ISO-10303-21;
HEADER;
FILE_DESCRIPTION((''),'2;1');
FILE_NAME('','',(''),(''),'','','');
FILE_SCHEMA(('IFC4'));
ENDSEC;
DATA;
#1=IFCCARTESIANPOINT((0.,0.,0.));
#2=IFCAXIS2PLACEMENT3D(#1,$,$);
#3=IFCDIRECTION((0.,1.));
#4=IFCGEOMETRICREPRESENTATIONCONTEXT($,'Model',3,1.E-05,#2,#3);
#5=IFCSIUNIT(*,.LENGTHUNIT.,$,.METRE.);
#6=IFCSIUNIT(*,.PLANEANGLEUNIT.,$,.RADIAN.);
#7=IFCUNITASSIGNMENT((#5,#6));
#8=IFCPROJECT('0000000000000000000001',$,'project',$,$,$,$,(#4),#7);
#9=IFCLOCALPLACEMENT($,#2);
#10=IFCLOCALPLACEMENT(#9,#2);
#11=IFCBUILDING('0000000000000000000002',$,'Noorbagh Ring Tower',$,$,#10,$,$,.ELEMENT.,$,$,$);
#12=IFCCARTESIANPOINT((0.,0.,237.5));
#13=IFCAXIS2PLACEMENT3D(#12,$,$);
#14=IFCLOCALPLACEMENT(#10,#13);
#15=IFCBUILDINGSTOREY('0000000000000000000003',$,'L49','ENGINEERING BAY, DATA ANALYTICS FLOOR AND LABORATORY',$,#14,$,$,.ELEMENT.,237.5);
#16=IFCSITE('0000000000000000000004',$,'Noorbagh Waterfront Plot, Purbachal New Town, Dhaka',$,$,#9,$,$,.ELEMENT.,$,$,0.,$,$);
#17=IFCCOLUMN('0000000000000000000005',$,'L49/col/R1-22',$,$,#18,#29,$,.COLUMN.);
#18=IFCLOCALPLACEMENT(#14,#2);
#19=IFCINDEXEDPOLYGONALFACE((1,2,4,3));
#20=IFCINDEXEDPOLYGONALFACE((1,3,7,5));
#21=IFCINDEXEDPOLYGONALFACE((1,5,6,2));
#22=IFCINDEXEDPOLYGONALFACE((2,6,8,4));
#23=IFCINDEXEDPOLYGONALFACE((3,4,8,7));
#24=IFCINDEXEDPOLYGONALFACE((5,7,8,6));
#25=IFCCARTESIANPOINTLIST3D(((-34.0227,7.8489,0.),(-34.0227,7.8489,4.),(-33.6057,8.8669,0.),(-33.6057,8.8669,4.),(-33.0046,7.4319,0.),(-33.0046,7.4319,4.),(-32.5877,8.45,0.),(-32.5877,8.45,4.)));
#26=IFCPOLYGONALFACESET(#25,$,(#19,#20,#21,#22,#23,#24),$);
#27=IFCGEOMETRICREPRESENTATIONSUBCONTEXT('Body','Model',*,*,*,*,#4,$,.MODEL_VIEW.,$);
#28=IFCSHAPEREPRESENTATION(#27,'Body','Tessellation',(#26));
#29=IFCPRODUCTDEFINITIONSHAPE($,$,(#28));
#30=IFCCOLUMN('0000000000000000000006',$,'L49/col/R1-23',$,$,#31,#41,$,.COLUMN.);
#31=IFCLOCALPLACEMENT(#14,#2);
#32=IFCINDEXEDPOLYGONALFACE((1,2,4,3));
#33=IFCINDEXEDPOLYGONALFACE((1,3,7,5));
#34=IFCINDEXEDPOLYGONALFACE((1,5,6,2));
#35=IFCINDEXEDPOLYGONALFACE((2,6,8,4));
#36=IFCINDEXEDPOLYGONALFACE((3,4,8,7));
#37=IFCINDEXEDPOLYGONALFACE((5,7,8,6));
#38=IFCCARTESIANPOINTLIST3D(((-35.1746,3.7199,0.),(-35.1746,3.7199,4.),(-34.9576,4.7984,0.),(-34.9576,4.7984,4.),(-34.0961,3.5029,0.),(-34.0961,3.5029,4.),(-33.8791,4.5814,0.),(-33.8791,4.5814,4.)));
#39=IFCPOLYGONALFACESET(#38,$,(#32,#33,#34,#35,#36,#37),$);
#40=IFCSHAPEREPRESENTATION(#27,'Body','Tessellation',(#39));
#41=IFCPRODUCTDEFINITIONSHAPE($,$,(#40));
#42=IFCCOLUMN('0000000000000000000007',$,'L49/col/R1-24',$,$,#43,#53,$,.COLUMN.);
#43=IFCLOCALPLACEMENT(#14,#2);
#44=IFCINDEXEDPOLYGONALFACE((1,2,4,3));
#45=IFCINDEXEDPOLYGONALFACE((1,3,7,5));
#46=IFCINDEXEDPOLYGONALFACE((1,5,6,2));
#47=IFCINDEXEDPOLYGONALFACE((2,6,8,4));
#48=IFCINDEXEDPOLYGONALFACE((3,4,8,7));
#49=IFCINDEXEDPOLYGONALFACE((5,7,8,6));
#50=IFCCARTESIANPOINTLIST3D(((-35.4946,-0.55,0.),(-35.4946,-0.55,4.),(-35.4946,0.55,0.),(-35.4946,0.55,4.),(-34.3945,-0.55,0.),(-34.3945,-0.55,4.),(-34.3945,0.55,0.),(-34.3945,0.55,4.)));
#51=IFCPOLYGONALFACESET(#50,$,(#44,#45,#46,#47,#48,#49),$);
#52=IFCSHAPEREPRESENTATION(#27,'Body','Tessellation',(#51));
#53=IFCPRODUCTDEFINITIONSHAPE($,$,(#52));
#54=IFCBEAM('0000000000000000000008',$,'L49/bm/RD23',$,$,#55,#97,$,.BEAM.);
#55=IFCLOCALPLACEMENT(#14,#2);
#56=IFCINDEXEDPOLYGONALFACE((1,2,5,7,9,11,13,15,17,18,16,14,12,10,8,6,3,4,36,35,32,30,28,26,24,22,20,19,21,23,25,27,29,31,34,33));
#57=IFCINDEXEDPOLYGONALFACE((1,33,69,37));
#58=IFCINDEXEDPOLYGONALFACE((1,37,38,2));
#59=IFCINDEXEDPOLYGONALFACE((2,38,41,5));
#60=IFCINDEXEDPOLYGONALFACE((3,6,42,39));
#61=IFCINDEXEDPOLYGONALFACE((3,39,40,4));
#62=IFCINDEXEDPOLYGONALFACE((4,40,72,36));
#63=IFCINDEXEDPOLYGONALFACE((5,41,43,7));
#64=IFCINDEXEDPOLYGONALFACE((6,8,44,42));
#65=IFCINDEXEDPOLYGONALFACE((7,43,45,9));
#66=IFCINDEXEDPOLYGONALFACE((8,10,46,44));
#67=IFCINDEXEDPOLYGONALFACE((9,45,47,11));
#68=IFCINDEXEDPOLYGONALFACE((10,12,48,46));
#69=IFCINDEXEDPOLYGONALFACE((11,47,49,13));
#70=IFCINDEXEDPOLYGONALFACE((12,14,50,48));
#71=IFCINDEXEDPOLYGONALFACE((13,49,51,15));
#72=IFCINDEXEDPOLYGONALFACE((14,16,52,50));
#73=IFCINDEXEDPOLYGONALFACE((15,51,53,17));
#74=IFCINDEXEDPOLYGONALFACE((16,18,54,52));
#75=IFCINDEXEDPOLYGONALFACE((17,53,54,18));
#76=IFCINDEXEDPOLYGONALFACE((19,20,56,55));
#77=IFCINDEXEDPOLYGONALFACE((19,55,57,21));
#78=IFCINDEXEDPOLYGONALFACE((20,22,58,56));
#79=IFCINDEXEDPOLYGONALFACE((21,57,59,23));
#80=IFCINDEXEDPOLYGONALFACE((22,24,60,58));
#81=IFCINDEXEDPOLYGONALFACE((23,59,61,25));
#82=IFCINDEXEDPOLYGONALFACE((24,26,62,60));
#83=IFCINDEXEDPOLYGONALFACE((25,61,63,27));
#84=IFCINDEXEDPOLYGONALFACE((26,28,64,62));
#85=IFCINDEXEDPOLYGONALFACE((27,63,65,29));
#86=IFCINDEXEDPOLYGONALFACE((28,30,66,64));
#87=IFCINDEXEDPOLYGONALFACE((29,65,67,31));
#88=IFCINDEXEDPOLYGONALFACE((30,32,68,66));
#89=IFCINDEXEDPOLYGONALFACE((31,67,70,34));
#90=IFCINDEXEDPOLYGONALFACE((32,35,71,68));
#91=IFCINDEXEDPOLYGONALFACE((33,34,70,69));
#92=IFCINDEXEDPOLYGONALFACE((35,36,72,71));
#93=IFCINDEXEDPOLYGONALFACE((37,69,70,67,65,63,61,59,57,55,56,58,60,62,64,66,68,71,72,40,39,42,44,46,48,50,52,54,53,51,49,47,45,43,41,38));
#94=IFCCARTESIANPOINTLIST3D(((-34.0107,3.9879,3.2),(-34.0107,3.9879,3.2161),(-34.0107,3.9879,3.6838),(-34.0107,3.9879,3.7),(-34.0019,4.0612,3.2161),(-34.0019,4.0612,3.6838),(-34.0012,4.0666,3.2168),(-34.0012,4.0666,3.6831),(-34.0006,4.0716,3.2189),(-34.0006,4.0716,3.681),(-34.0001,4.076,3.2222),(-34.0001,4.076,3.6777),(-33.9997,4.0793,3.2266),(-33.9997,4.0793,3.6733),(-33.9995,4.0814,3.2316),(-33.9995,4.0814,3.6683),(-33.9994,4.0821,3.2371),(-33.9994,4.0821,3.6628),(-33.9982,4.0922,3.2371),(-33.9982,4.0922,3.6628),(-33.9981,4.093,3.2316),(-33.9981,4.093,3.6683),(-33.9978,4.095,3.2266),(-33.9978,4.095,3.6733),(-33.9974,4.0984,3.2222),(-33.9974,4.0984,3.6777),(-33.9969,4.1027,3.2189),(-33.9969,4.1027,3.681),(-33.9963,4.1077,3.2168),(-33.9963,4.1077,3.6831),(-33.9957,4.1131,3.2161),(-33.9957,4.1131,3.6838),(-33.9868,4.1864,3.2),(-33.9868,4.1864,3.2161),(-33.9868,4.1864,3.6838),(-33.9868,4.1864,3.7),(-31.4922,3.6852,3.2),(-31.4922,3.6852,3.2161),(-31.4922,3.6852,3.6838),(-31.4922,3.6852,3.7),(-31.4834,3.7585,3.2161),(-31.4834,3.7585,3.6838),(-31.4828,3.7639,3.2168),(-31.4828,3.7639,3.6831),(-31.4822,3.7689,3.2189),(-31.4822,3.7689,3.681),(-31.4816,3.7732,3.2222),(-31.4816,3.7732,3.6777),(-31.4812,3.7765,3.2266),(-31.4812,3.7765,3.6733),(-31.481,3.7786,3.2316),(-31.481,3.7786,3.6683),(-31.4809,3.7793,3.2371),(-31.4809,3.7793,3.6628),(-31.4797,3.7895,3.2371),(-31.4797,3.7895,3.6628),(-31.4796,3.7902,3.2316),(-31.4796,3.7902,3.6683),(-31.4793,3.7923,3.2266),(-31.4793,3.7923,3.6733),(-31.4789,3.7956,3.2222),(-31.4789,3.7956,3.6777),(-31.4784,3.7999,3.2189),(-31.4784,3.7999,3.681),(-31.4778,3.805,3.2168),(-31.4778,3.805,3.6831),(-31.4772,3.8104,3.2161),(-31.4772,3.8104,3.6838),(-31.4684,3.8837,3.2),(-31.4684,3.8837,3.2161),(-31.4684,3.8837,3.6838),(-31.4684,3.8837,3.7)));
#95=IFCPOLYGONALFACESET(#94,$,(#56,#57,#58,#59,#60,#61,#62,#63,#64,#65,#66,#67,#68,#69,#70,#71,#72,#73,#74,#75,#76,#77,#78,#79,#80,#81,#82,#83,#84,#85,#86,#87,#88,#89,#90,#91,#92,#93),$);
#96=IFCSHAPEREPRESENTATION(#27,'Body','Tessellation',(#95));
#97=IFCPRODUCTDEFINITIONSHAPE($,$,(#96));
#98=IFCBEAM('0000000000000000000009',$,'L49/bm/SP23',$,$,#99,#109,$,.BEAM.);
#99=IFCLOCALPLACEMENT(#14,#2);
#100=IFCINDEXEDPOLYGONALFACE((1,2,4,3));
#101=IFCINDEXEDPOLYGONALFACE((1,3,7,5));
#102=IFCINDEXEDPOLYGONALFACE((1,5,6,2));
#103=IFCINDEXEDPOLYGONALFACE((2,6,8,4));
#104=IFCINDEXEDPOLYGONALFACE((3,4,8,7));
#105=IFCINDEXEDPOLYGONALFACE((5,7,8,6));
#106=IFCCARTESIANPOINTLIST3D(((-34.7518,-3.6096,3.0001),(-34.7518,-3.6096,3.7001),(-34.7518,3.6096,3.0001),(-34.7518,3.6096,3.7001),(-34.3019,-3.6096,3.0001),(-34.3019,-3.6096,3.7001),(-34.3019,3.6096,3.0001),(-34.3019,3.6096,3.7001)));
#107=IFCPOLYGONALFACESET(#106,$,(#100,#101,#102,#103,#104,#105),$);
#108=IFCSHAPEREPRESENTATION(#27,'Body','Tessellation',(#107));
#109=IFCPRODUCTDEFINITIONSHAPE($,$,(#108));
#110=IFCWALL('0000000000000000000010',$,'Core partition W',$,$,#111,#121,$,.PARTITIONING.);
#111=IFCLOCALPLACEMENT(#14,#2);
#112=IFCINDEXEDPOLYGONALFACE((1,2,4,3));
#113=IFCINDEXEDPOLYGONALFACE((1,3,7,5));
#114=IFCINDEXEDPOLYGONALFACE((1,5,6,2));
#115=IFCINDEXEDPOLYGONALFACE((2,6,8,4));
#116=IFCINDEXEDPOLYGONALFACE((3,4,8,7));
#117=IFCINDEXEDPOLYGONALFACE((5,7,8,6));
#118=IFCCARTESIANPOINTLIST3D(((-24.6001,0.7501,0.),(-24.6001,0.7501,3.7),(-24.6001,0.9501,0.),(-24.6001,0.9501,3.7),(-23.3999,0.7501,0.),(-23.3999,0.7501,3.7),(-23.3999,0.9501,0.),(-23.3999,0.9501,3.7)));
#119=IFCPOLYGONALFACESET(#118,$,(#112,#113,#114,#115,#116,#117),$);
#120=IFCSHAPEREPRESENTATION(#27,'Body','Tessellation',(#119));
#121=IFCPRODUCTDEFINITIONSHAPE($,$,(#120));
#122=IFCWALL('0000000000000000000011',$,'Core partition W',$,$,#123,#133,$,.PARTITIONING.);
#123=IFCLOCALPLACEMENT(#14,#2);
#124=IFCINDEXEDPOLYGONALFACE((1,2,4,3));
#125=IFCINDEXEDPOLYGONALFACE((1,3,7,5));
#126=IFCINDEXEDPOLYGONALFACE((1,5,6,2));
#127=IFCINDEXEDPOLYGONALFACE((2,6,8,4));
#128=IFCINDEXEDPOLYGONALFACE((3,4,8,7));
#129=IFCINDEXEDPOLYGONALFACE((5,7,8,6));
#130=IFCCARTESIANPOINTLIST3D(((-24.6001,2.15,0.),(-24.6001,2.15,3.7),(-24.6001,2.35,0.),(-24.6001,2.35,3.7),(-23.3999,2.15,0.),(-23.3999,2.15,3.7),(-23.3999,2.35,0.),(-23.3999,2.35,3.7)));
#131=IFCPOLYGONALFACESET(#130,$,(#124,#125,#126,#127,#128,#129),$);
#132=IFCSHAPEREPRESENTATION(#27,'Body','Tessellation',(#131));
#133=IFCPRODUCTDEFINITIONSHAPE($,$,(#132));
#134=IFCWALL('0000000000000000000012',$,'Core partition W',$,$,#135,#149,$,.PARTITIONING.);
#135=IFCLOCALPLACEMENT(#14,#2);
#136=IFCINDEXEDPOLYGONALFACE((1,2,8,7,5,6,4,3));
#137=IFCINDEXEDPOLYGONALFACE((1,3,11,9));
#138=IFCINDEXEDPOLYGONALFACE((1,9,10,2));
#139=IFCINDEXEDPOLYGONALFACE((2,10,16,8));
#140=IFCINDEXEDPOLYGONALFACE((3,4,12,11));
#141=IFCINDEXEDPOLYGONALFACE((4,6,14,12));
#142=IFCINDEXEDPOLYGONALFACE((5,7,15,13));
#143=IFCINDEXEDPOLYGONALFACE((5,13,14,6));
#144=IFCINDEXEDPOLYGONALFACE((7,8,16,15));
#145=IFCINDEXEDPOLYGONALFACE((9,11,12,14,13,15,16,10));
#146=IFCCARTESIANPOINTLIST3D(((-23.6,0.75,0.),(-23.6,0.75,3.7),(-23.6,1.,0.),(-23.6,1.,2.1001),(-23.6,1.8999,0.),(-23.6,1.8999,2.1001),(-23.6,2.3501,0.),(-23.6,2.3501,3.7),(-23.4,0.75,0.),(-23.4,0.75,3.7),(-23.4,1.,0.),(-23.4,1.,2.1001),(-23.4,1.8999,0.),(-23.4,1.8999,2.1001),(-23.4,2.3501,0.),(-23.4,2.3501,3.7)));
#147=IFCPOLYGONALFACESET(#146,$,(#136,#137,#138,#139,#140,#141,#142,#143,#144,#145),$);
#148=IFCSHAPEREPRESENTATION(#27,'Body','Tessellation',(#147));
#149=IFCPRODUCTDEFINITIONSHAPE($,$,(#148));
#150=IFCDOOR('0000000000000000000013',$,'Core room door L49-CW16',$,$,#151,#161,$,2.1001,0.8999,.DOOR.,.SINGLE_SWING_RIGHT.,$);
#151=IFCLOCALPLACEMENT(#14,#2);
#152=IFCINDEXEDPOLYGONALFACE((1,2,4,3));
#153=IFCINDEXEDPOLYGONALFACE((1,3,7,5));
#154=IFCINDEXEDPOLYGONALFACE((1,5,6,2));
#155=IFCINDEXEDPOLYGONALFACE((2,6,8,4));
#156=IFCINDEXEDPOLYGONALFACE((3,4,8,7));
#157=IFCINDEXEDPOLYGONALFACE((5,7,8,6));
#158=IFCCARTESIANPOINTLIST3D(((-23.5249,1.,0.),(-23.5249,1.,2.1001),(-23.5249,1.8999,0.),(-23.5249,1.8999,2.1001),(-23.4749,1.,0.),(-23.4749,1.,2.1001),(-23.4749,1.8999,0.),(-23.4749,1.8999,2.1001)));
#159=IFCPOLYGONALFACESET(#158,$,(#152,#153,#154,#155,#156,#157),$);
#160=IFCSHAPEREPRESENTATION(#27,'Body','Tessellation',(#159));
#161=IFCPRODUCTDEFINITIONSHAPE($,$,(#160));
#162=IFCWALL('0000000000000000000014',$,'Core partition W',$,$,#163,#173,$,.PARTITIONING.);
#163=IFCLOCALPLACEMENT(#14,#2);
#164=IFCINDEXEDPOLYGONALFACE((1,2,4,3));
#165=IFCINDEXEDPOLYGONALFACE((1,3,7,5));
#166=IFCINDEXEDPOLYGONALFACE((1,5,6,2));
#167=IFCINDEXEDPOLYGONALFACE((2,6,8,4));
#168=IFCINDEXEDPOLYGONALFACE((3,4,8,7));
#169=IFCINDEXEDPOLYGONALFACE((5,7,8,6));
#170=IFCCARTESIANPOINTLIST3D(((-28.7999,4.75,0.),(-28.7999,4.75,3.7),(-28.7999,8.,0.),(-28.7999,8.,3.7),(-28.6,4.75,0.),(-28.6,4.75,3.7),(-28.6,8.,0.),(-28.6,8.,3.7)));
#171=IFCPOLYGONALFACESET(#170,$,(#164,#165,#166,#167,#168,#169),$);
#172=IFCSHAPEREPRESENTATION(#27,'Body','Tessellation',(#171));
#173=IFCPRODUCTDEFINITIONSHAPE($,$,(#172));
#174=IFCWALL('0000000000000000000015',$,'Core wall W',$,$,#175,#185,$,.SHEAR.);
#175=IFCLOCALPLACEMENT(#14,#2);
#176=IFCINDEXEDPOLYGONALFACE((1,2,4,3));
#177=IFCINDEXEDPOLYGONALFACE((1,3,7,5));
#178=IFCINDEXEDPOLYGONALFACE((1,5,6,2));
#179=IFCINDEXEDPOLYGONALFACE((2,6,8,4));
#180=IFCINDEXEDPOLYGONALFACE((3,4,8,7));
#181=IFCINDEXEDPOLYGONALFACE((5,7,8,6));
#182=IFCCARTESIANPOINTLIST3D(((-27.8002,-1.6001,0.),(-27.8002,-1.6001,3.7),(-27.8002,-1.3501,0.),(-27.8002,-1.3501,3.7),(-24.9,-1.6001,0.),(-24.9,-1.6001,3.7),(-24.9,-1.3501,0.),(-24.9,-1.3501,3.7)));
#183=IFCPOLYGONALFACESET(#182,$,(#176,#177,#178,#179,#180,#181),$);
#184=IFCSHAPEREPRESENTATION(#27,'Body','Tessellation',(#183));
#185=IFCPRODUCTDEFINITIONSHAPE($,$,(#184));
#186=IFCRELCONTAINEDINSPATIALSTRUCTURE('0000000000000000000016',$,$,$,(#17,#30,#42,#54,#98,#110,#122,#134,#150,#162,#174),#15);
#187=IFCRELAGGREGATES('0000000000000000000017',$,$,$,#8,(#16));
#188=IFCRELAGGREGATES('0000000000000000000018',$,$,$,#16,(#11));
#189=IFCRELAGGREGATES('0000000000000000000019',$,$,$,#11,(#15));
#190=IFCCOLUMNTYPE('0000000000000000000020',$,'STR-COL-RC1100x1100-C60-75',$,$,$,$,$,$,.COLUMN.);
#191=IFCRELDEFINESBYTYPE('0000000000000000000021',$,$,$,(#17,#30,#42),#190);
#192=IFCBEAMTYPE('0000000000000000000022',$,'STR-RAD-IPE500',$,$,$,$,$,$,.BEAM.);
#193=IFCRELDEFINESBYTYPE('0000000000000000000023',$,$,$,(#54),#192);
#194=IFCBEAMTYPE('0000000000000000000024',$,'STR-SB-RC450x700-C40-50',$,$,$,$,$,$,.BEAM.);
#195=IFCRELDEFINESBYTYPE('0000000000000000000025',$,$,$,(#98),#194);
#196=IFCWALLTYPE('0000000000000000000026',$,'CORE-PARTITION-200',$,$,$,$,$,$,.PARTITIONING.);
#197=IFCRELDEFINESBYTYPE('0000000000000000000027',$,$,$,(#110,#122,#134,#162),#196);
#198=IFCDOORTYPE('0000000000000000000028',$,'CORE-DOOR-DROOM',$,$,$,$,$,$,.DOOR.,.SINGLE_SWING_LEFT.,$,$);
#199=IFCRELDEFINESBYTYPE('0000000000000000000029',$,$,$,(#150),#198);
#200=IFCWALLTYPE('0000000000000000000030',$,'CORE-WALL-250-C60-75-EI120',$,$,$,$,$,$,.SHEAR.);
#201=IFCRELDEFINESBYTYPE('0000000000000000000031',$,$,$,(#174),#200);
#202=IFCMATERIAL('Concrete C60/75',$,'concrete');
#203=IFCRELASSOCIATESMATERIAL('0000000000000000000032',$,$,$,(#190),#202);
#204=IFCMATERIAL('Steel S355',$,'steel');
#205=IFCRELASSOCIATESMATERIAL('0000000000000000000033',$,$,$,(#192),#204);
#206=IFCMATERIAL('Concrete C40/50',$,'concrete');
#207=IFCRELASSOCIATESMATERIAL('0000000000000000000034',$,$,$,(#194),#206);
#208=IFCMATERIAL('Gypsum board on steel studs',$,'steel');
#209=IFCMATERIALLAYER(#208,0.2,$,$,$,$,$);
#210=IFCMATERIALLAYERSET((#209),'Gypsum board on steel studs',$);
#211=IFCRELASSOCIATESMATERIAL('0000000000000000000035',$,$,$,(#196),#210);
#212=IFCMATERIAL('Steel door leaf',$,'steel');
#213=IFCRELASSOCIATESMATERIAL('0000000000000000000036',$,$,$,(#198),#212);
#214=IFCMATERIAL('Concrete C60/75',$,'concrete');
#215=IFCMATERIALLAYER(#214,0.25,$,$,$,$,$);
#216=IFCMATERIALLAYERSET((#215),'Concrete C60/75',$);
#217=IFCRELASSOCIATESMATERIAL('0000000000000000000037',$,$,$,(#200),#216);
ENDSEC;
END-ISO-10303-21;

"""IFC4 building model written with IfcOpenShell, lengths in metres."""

from ifc_helpers import new_model, si_unit, direction, frame, frame_2d, origin, origin_2d, place, context, subcontext, project, spatial, rectangle, i_section, extrude, material, layer, layer_set, material_profile, profile_set, type_object, element, fill, save


model = new_model("IFC4")

# Units and contexts
model_context = context("Model", 3, precision=1e-05, world=origin(), true_north=direction((0.0, 1.0)))
body_context = subcontext(model_context, "Body", "Model", "MODEL_VIEW")
ifc_project = project(units=[si_unit("LENGTHUNIT", "METRE"), si_unit("PLANEANGLEUNIT", "RADIAN")], contexts=[model_context])

# Site, building, storey
site_placement = place(None, origin())
site = spatial("IfcSite", under=ifc_project, at=site_placement, Name="Noorbagh Waterfront Plot, Purbachal New Town, Dhaka", CompositionType="ELEMENT", RefElevation=0.0)
building_placement = place(site_placement, origin())
building = spatial("IfcBuilding", under=site, at=building_placement, Name="Noorbagh Ring Tower", CompositionType="ELEMENT")
storey_placement = place(building_placement, frame((0.0, 0.0, 237.5)))
storey = spatial("IfcBuildingStorey", under=building, at=storey_placement, Name="L49", Description="ENGINEERING BAY, DATA ANALYTICS FLOOR AND LABORATORY", CompositionType="ELEMENT", Elevation=237.5)

# Columns
ifc_material_1 = material(Name="Concrete C60/75", Category="concrete")
ifc_material_profile_1 = material_profile(ifc_material_1, rectangle(XDim=1.1001, YDim=1.1001, at=origin_2d()), Name="RC1100x1100")
ifc_profile_set_1 = profile_set([ifc_material_profile_1], Name="Concrete C60/75")
column_type = type_object("IfcColumnType", Name="STR-COL-RC1100x1100-C60-75", PredefinedType="COLUMN", material=ifc_profile_set_1)
for number, where, z_axis, x_axis, name in (
    (1, (-33.3052, 8.1494, 0.0), (0.0, 0.0, 1.0), (-0.378989, -0.925401, 0.0), "L49/col/R1-22"),
    (2, (-34.5269, 4.1506, 0.0), (0.0, 0.0, 1.0), (-0.19723, -0.980357, 0.0), "L49/col/R1-23"),
    (3, (-34.9446, 0.0, 0.0), (0.0, 0.0, 1.0), (0.0, -1.0, 0.0), "L49/col/R1-24"),
):
    element("IfcColumn", number, at=place(storey_placement, frame(where, z_axis=z_axis, x_axis=x_axis)), inside=storey, type_object=column_type, Name=name, PredefinedType="COLUMN", context=body_context, shape_type="SweptSolid", body=[
        extrude(rectangle(XDim=1.1001, YDim=1.1001, at=origin_2d()), origin(), (0.0, 0.0, 1.0), 4.0),
    ])

# Beams
ifc_material_2 = material(Name="Steel S355", Category="steel")
ifc_material_profile_2 = material_profile(ifc_material_2, i_section(OverallWidth=0.2, OverallDepth=0.5, WebThickness=0.0103, FlangeThickness=0.0161, FilletRadius=0.021, at=origin_2d()), Name="IPE500")
ifc_profile_set_2 = profile_set([ifc_material_profile_2], Name="Steel S355")
beam_type_1 = type_object("IfcBeamType", Name="STR-RAD-IPE500", PredefinedType="BEAM", material=ifc_profile_set_2)
beam_1_placement = place(storey_placement, frame((-33.9988, 4.0872, 3.45), z_axis=(0.992853, -0.119343, 0.0), x_axis=(0.119343, 0.992853, 0.0)))
element("IfcBeam", 4, at=beam_1_placement, inside=storey, type_object=beam_type_1, Name="L49/bm/RD23", PredefinedType="BEAM", context=body_context, shape_type="SweptSolid", body=[
    extrude(i_section(OverallWidth=0.2, OverallDepth=0.5, WebThickness=0.0103, FlangeThickness=0.0161, FilletRadius=0.021, at=origin_2d()), origin(), (0.0, 0.0, 1.0), 2.5366),
])
ifc_material_3 = material(Name="Concrete C40/50", Category="concrete")
ifc_material_profile_3 = material_profile(ifc_material_3, rectangle(XDim=0.45, YDim=0.7, at=origin_2d()), Name="RC450x700")
ifc_profile_set_3 = profile_set([ifc_material_profile_3], Name="Concrete C40/50")
beam_type_2 = type_object("IfcBeamType", Name="STR-SB-RC450x700-C40-50", PredefinedType="BEAM", material=ifc_profile_set_3)
beam_2_placement = place(storey_placement, frame((-34.5269, 3.6096, 3.3501), z_axis=(0.0, -1.0, 0.0), x_axis=(1.0, 0.0, 0.0)))
element("IfcBeam", 5, at=beam_2_placement, inside=storey, type_object=beam_type_2, Name="L49/bm/SP23", PredefinedType="BEAM", context=body_context, shape_type="SweptSolid", body=[
    extrude(rectangle(XDim=0.45, YDim=0.7, at=origin_2d()), origin(), (0.0, 0.0, 1.0), 7.2192),
])

# Walls
ifc_material_4 = material(Name="Gypsum board on steel studs", Category="steel")
ifc_layer_1 = layer(ifc_material_4, 0.2)
ifc_layer_set_1 = layer_set([ifc_layer_1], Name="Gypsum board on steel studs")
wall_type_1 = type_object("IfcWallType", Name="CORE-PARTITION-200", PredefinedType="PARTITIONING", material=ifc_layer_set_1)
for number, where, z_axis, x_axis, name in (
    (6, (-23.3999, 0.8501, 0.0), (0.0, 0.0, 1.0), (-1.0, 0.0, 0.0), "Core partition W"),
    (7, (-23.3999, 2.25, 0.0), (0.0, 0.0, 1.0), (-1.0, 0.0, 0.0), "Core partition W"),
):
    element("IfcWall", number, at=place(storey_placement, frame(where, z_axis=z_axis, x_axis=x_axis)), inside=storey, type_object=wall_type_1, Name=name, PredefinedType="PARTITIONING", context=body_context, shape_type="SweptSolid", body=[
        extrude(rectangle(XDim=1.2002, YDim=0.2, at=frame_2d((0.6001, 0.0))), origin(), (0.0, 0.0, 1.0), 3.7),
    ])

# Wall, opening, door
wall_1_placement = place(storey_placement, frame((-23.5, 0.75, 0.0), z_axis=(0.0, 0.0, 1.0), x_axis=(0.0, 1.0, 0.0)))
wall_1 = element("IfcWall", 8, at=wall_1_placement, inside=storey, type_object=wall_type_1, Name="Core partition W", PredefinedType="PARTITIONING", context=body_context, shape_type="SweptSolid", body=[
    extrude(rectangle(XDim=1.6001, YDim=0.2, at=frame_2d((0.8, 0.0))), origin(), (0.0, 0.0, 1.0), 3.7),
])
opening_1_placement = place(wall_1_placement, frame((0.25, 0.0, 0.0)))
opening_1 = element("IfcOpeningElement", 9, at=opening_1_placement, cuts=wall_1, PredefinedType="OPENING", context=body_context, shape_type="SweptSolid", body=[
    extrude(rectangle(XDim=0.8999, YDim=2.1001, at=frame_2d((0.45, 1.05))), frame((0.0, 0.1099, 0.0), z_axis=(0.0, -1.0, 0.0), x_axis=(1.0, 0.0, 0.0)), (0.0, 0.0, 1.0), 0.22),
])
ifc_material_5 = material(Name="Steel door leaf", Category="steel")
door_type_1 = type_object("IfcDoorType", Name="CORE-DOOR-DROOM", OperationType="SINGLE_SWING_LEFT", PredefinedType="DOOR", material=ifc_material_5)
door_1_placement = place(opening_1_placement, origin())
door_1 = element("IfcDoor", 10, at=door_1_placement, inside=storey, type_object=door_type_1, Name="Core room door L49-CW16", OperationType="SINGLE_SWING_RIGHT", OverallHeight=2.1001, OverallWidth=0.8999, PredefinedType="DOOR", context=body_context, shape_type="SweptSolid", body=[
    extrude(rectangle(XDim=0.8999, YDim=2.1001, at=frame_2d((0.45, 1.05))), frame((0.0, 0.0249, 0.0), z_axis=(0.0, -1.0, 0.0), x_axis=(1.0, 0.0, 0.0)), (0.0, 0.0, 1.0), 0.05),
])
fill(opening_1, door_1)

# Walls
wall_2_placement = place(storey_placement, frame((-28.7, 4.75, 0.0), z_axis=(0.0, 0.0, 1.0), x_axis=(0.0, 1.0, 0.0)))
element("IfcWall", 11, at=wall_2_placement, inside=storey, type_object=wall_type_1, Name="Core partition W", PredefinedType="PARTITIONING", context=body_context, shape_type="SweptSolid", body=[
    extrude(rectangle(XDim=3.25, YDim=0.2, at=frame_2d((1.625, 0.0))), origin(), (0.0, 0.0, 1.0), 3.7),
])
ifc_material_6 = material(Name="Concrete C60/75", Category="concrete")
ifc_layer_2 = layer(ifc_material_6, 0.25)
ifc_layer_set_2 = layer_set([ifc_layer_2], Name="Concrete C60/75")
wall_type_2 = type_object("IfcWallType", Name="CORE-WALL-250-C60-75-EI120", PredefinedType="SHEAR", material=ifc_layer_set_2)
for number, where, z_axis, x_axis, name in (
    (12, (-24.8999, -1.4751, 0.0), (0.0, 0.0, 1.0), (-1.0, 0.0, 0.0), "Core wall W"),
):
    element("IfcWall", number, at=place(storey_placement, frame(where, z_axis=z_axis, x_axis=x_axis)), inside=storey, type_object=wall_type_2, Name=name, PredefinedType="SHEAR", context=body_context, shape_type="SweptSolid", body=[
        extrude(rectangle(XDim=2.9001, YDim=0.25, at=frame_2d((1.4502, 0.0))), origin(), (0.0, 0.0, 1.0), 3.7),
    ])

save(model, "model.ifc")
